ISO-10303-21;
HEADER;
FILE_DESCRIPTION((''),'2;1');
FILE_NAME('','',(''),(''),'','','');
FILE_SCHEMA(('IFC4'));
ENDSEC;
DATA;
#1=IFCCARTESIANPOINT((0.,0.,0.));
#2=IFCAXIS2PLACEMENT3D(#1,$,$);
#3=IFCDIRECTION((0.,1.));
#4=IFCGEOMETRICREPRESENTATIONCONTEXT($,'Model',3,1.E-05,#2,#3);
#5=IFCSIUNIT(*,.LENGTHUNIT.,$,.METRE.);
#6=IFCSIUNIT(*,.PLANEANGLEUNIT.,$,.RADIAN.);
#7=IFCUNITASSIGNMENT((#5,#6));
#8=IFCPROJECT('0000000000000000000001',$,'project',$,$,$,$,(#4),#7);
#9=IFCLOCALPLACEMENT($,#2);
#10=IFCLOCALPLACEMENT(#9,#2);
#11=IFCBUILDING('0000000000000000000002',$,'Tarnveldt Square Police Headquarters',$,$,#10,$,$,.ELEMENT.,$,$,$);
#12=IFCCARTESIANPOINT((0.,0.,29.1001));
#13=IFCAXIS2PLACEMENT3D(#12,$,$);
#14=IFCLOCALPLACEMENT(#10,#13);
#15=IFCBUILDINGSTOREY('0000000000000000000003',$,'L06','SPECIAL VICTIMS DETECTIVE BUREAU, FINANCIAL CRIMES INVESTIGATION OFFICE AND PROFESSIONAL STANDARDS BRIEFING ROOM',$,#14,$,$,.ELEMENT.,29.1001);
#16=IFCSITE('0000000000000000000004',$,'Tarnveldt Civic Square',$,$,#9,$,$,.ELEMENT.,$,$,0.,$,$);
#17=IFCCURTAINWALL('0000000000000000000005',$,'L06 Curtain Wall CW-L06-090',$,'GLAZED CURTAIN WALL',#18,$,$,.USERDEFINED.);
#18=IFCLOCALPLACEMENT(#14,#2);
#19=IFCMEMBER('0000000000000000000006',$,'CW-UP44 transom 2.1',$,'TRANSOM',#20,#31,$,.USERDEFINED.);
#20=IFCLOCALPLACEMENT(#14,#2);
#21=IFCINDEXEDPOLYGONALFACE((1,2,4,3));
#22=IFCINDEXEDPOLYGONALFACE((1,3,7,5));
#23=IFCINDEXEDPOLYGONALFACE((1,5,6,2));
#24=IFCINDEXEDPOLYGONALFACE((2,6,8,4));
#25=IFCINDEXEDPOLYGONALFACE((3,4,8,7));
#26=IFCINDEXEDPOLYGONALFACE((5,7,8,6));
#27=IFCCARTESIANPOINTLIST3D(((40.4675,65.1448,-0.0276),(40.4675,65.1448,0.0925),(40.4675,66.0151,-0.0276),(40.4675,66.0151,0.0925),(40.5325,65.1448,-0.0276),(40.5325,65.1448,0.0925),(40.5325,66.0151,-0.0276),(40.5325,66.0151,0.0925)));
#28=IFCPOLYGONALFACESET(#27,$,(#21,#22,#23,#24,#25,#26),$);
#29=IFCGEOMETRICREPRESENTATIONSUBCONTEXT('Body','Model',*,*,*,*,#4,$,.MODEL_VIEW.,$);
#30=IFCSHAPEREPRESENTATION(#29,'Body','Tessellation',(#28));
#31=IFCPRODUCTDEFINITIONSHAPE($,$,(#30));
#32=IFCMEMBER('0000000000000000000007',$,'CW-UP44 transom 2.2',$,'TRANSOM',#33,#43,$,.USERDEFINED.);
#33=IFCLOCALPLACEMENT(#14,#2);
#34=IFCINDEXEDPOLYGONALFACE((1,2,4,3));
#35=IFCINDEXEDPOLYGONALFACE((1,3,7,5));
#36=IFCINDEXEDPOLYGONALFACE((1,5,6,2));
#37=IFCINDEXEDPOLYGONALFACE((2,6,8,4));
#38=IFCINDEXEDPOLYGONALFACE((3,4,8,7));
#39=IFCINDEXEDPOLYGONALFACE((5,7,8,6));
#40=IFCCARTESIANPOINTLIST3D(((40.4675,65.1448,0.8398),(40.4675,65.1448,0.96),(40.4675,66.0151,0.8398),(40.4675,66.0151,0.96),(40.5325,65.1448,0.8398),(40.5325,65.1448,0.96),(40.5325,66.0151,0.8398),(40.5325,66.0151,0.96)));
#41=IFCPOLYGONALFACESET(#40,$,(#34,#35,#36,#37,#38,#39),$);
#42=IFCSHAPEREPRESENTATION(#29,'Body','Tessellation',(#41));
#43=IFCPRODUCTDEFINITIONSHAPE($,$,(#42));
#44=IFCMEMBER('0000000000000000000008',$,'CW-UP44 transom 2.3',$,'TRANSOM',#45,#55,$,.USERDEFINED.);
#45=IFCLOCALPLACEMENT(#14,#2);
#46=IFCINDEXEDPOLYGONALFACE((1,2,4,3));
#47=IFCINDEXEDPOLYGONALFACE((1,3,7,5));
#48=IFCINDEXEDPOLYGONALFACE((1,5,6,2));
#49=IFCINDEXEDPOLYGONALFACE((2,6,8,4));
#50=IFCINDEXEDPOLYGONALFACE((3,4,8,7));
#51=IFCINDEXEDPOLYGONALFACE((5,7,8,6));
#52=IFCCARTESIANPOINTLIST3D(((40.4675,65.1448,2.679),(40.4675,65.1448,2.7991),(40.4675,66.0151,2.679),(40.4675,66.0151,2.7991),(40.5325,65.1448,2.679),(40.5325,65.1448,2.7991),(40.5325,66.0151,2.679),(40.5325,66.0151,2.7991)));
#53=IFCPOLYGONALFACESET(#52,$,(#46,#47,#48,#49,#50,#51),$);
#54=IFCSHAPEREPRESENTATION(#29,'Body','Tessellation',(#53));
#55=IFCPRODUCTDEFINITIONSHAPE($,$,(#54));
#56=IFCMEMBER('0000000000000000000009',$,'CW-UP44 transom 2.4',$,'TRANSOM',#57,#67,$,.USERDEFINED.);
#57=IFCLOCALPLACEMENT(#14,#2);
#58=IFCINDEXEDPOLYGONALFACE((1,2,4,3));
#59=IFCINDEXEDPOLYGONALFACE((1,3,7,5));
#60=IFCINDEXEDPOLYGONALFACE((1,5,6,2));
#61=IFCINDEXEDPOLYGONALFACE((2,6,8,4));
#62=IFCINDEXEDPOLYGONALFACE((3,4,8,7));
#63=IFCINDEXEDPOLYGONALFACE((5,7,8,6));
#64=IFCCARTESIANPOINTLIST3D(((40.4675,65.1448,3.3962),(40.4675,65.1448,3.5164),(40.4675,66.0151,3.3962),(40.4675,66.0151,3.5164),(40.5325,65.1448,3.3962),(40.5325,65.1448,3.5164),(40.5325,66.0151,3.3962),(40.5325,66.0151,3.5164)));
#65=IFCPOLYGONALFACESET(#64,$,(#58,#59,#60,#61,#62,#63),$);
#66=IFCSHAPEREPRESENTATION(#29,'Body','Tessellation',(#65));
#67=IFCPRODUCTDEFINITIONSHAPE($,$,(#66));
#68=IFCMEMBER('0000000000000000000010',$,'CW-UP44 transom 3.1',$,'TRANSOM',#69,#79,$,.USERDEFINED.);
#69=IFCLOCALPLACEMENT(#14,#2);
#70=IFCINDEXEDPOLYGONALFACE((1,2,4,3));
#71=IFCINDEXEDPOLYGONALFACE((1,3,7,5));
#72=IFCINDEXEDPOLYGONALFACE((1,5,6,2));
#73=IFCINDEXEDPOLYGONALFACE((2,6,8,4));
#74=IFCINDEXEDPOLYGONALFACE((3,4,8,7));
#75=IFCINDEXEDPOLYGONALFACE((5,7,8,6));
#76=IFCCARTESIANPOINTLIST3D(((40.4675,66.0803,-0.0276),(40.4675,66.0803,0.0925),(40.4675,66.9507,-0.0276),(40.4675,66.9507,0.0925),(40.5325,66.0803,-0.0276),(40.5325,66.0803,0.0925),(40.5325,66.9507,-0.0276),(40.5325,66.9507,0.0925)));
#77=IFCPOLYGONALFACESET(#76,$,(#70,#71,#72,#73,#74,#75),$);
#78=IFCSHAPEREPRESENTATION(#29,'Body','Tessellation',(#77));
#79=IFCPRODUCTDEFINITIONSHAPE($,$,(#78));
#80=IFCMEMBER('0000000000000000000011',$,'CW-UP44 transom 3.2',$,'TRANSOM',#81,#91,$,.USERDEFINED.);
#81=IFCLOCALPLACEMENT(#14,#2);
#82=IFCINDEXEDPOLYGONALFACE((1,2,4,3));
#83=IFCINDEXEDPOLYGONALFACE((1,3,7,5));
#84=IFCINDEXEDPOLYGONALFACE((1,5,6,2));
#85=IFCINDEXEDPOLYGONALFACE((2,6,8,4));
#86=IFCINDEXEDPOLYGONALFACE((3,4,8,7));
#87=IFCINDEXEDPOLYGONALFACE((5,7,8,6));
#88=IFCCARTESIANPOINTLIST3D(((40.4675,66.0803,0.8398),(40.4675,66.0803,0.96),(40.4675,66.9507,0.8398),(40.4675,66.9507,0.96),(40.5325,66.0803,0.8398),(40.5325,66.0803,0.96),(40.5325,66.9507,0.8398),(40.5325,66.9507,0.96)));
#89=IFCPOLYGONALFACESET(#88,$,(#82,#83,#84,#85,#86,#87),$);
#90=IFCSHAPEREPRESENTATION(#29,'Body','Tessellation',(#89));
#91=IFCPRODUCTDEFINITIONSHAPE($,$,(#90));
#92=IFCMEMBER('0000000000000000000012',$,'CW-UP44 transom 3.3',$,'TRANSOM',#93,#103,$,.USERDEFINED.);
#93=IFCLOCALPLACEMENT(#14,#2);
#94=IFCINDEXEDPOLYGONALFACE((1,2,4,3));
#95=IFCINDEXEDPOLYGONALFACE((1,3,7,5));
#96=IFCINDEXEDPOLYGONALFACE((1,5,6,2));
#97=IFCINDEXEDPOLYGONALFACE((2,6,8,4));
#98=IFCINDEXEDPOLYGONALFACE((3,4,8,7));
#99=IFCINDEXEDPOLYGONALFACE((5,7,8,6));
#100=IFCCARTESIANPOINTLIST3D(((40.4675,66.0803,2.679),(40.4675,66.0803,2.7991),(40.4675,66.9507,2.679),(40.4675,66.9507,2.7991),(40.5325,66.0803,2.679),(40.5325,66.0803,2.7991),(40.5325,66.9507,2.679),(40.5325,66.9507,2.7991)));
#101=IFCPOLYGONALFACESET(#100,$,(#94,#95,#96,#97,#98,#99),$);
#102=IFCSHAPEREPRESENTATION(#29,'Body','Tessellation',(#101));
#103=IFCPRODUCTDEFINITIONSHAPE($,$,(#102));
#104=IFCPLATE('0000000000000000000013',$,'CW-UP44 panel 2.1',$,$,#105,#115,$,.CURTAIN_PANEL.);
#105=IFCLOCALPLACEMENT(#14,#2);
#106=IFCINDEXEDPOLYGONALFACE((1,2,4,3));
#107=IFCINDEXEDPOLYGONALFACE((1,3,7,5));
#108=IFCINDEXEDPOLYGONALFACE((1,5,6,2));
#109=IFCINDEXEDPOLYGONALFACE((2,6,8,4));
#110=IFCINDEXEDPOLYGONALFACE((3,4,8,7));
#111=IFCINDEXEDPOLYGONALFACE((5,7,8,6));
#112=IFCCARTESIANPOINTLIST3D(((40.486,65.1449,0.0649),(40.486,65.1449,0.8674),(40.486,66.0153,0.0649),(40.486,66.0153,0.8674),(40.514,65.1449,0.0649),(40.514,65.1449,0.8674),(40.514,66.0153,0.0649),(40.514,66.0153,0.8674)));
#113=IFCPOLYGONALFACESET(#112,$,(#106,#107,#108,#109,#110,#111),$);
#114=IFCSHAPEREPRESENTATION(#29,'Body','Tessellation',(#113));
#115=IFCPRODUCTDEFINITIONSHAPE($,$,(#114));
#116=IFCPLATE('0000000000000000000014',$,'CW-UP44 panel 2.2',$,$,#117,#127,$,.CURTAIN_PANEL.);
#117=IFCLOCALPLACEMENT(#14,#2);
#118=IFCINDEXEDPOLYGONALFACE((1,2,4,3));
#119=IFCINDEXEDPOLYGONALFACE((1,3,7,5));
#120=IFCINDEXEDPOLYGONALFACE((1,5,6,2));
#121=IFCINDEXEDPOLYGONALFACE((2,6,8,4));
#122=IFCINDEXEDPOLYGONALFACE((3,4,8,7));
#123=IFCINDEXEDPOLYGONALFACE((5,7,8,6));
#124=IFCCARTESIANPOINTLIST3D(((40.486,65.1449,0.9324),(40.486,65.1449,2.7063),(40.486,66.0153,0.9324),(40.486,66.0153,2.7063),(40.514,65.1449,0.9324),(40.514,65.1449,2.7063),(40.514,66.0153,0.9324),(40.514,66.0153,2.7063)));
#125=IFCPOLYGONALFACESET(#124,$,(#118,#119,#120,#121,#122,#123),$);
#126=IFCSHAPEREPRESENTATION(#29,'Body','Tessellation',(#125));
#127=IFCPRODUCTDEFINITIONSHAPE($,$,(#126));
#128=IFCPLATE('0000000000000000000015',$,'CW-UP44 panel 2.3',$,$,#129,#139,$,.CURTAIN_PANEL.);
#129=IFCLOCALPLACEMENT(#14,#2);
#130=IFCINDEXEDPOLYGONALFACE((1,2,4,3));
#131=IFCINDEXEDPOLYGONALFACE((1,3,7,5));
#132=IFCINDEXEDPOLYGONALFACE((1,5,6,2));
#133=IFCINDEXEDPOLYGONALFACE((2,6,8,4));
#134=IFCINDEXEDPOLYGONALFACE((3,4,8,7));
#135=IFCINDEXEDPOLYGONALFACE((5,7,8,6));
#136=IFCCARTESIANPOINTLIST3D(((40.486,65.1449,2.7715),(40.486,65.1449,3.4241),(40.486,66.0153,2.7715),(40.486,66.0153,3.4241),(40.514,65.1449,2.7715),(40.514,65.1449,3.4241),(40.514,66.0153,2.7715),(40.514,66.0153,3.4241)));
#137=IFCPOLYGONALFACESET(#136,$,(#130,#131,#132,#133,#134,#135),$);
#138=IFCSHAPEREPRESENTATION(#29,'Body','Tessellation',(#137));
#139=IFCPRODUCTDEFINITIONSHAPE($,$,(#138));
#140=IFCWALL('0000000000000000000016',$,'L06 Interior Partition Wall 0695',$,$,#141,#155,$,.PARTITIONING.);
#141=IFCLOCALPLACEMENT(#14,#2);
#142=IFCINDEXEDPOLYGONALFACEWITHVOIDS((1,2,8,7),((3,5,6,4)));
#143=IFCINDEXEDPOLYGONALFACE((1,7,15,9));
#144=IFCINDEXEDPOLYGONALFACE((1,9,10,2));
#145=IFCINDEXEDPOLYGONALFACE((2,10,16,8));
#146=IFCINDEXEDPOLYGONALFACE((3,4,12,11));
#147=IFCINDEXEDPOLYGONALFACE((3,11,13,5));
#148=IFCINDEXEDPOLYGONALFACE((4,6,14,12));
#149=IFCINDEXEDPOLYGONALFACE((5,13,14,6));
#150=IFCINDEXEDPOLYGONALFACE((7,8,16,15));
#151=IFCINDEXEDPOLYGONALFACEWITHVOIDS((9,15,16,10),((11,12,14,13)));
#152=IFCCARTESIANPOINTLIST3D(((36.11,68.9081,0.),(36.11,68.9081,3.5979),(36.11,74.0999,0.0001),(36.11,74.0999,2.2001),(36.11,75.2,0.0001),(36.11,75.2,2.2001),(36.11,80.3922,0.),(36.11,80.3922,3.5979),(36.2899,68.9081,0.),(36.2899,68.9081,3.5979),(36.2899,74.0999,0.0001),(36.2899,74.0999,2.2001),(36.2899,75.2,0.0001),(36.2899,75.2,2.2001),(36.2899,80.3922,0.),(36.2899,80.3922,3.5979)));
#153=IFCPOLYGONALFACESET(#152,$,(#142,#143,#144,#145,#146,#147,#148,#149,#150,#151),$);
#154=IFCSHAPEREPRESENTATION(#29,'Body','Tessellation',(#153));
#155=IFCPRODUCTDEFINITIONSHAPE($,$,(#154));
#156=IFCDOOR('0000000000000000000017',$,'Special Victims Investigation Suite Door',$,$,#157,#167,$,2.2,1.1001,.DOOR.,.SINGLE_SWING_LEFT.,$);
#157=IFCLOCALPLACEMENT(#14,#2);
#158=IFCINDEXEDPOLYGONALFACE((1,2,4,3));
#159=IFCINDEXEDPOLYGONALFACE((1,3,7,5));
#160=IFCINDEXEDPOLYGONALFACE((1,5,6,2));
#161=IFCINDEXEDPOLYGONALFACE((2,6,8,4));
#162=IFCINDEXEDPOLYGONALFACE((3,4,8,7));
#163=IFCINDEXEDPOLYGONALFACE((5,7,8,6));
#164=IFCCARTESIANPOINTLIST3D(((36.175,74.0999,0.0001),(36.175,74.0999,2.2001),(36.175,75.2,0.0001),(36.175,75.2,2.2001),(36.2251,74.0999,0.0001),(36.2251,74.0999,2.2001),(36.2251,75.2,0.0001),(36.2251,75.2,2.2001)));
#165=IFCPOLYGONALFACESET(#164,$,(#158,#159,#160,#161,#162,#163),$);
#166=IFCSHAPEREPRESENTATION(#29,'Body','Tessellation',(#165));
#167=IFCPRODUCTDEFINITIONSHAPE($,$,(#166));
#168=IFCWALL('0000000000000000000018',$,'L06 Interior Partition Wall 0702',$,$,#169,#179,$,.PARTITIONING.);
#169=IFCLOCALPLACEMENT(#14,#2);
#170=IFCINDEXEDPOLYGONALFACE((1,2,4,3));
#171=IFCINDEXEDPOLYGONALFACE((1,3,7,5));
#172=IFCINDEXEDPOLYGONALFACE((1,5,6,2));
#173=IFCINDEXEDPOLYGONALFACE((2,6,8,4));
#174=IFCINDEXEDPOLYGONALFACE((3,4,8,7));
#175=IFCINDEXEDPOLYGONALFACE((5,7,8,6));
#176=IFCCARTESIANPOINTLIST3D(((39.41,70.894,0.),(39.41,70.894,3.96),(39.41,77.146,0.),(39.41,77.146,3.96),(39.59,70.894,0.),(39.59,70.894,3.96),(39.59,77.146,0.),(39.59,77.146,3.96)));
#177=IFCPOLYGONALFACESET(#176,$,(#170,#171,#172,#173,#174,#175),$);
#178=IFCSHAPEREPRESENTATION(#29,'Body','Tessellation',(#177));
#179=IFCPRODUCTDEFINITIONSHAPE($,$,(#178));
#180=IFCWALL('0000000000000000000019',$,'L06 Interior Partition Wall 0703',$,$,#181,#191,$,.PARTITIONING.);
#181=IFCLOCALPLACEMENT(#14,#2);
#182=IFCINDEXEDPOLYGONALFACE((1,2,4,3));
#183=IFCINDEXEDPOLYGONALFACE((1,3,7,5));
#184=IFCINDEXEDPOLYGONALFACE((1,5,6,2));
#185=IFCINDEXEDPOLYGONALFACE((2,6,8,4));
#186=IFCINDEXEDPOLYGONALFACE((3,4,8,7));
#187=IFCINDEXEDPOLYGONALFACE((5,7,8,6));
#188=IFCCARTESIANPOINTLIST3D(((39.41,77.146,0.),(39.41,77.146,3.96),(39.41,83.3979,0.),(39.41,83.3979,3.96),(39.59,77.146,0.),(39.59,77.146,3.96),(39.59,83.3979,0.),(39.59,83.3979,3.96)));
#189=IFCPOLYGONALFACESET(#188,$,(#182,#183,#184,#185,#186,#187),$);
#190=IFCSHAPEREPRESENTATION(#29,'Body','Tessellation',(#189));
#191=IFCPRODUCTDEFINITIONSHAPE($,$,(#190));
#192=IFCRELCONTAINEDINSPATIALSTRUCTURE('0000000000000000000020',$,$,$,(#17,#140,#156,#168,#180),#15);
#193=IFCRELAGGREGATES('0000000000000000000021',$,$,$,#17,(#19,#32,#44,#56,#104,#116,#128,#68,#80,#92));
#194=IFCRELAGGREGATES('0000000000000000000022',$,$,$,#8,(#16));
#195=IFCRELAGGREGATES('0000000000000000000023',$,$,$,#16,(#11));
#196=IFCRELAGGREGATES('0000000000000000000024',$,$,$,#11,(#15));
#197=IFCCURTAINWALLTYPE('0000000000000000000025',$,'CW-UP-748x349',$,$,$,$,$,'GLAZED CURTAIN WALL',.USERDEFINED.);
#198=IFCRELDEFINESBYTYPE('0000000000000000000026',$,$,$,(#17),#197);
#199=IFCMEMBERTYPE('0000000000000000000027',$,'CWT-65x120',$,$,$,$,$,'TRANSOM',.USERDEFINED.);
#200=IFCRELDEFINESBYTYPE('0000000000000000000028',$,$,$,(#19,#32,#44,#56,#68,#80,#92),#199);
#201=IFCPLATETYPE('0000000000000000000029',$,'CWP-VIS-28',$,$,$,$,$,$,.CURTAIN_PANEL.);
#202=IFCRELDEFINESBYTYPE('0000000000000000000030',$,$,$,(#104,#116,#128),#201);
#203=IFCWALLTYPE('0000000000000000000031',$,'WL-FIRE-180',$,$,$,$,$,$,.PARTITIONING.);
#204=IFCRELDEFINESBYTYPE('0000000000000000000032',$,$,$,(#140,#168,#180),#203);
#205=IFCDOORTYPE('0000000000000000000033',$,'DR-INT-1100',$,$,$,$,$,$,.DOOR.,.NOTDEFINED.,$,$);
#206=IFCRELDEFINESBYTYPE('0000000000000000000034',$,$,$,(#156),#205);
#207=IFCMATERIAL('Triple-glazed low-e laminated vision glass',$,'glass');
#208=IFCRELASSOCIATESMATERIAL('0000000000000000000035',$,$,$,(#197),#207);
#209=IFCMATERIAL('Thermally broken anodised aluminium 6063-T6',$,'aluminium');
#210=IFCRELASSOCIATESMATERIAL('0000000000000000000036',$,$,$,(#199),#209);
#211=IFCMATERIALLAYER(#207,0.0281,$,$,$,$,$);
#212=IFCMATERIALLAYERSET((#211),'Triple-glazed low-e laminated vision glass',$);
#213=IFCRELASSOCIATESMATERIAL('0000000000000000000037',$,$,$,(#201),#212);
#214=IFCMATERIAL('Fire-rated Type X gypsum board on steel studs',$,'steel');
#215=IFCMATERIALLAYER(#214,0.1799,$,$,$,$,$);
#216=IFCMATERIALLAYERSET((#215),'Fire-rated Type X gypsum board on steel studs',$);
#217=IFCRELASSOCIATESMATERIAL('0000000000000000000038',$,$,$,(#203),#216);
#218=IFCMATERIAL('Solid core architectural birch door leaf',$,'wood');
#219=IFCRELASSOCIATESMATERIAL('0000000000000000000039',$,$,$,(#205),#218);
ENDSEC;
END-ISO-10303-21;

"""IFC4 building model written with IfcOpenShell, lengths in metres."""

from ifc_helpers import new_model, si_unit, direction, frame, frame_2d, origin, origin_2d, place, context, subcontext, project, spatial, rectangle, extrude, material, layer, layer_set, material_profile, profile_set, type_object, element, fill, aggregate, save


model = new_model("IFC4")

# Units and contexts
model_context = context("Model", 3, precision=1e-05, world=origin(), true_north=direction((0.0, 1.0)))
body_context = subcontext(model_context, "Body", "Model", "MODEL_VIEW")
ifc_project = project(units=[si_unit("LENGTHUNIT", "METRE"), si_unit("PLANEANGLEUNIT", "RADIAN")], contexts=[model_context])

# Site, building, storey
site_placement = place(None, origin())
site = spatial("IfcSite", under=ifc_project, at=site_placement, Name="Tarnveldt Civic Square", CompositionType="ELEMENT", RefElevation=0.0)
building_placement = place(site_placement, origin())
building = spatial("IfcBuilding", under=site, at=building_placement, Name="Tarnveldt Square Police Headquarters", CompositionType="ELEMENT")
storey_placement = place(building_placement, frame((0.0, 0.0, 29.1001)))
storey = spatial("IfcBuildingStorey", under=building, at=storey_placement, Name="L06", Description="SPECIAL VICTIMS DETECTIVE BUREAU, FINANCIAL CRIMES INVESTIGATION OFFICE AND PROFESSIONAL STANDARDS BRIEFING ROOM", CompositionType="ELEMENT", Elevation=29.1001)

# Curtain wall, members, plates
ifc_material_1 = material(Name="Triple-glazed low-e laminated vision glass", Category="glass")
curtain_wall_type = type_object("IfcCurtainWallType", Name="CW-UP-748x349", ElementType="GLAZED CURTAIN WALL", PredefinedType="USERDEFINED", material=ifc_material_1)
curtain_wall_placement = place(storey_placement, origin())
curtain_wall = element("IfcCurtainWall", 1, at=curtain_wall_placement, inside=storey, type_object=curtain_wall_type, Name="L06 Curtain Wall CW-L06-090", ObjectType="GLAZED CURTAIN WALL", PredefinedType="USERDEFINED")
ifc_material_2 = material(Name="Thermally broken anodised aluminium 6063-T6", Category="aluminium")
ifc_material_profile_1 = material_profile(ifc_material_2, rectangle(XDim=0.0649, YDim=0.1201, at=origin_2d()), Name="CW-T65x120")
ifc_profile_set_1 = profile_set([ifc_material_profile_1], Name="Thermally broken anodised aluminium 6063-T6")
member_type_1 = type_object("IfcMemberType", Name="CWT-65x120", ElementType="TRANSOM", PredefinedType="USERDEFINED", material=ifc_profile_set_1)
member_1_placement = place(storey_placement, frame((40.5, 65.1448, 0.0325), z_axis=(0.0, 1.0, 0.0), x_axis=(-1.0, 0.0, 0.0)))
member_1 = element("IfcMember", 2, at=member_1_placement, type_object=member_type_1, Name="CW-UP44 transom 2.1", ObjectType="TRANSOM", PredefinedType="USERDEFINED", context=body_context, shape_type="SweptSolid", body=[
    extrude(rectangle(XDim=0.0649, YDim=0.1201, at=origin_2d()), origin(), (0.0, 0.0, 1.0), 0.8704),
])
member_2_placement = place(storey_placement, frame((40.5, 65.1448, 0.8999), z_axis=(0.0, 1.0, 0.0), x_axis=(-1.0, 0.0, 0.0)))
member_2 = element("IfcMember", 3, at=member_2_placement, type_object=member_type_1, Name="CW-UP44 transom 2.2", ObjectType="TRANSOM", PredefinedType="USERDEFINED", context=body_context, shape_type="SweptSolid", body=[
    extrude(rectangle(XDim=0.0649, YDim=0.1201, at=origin_2d()), origin(), (0.0, 0.0, 1.0), 0.8704),
])
member_3_placement = place(storey_placement, frame((40.5, 65.1448, 2.739), z_axis=(0.0, 1.0, 0.0), x_axis=(-1.0, 0.0, 0.0)))
member_3 = element("IfcMember", 4, at=member_3_placement, type_object=member_type_1, Name="CW-UP44 transom 2.3", ObjectType="TRANSOM", PredefinedType="USERDEFINED", context=body_context, shape_type="SweptSolid", body=[
    extrude(rectangle(XDim=0.0649, YDim=0.1201, at=origin_2d()), origin(), (0.0, 0.0, 1.0), 0.8704),
])
member_4_placement = place(storey_placement, frame((40.5, 65.1448, 3.4563), z_axis=(0.0, 1.0, 0.0), x_axis=(-1.0, 0.0, 0.0)))
member_4 = element("IfcMember", 5, at=member_4_placement, type_object=member_type_1, Name="CW-UP44 transom 2.4", ObjectType="TRANSOM", PredefinedType="USERDEFINED", context=body_context, shape_type="SweptSolid", body=[
    extrude(rectangle(XDim=0.0649, YDim=0.1201, at=origin_2d()), origin(), (0.0, 0.0, 1.0), 0.8704),
])
member_5_placement = place(storey_placement, frame((40.5, 66.0803, 0.0325), z_axis=(0.0, 1.0, 0.0), x_axis=(-1.0, 0.0, 0.0)))
member_5 = element("IfcMember", 6, at=member_5_placement, type_object=member_type_1, Name="CW-UP44 transom 3.1", ObjectType="TRANSOM", PredefinedType="USERDEFINED", context=body_context, shape_type="SweptSolid", body=[
    extrude(rectangle(XDim=0.0649, YDim=0.1201, at=origin_2d()), origin(), (0.0, 0.0, 1.0), 0.8704),
])
member_6_placement = place(storey_placement, frame((40.5, 66.0803, 0.8999), z_axis=(0.0, 1.0, 0.0), x_axis=(-1.0, 0.0, 0.0)))
member_6 = element("IfcMember", 7, at=member_6_placement, type_object=member_type_1, Name="CW-UP44 transom 3.2", ObjectType="TRANSOM", PredefinedType="USERDEFINED", context=body_context, shape_type="SweptSolid", body=[
    extrude(rectangle(XDim=0.0649, YDim=0.1201, at=origin_2d()), origin(), (0.0, 0.0, 1.0), 0.8704),
])
member_7_placement = place(storey_placement, frame((40.5, 66.0803, 2.739), z_axis=(0.0, 1.0, 0.0), x_axis=(-1.0, 0.0, 0.0)))
member_7 = element("IfcMember", 8, at=member_7_placement, type_object=member_type_1, Name="CW-UP44 transom 3.3", ObjectType="TRANSOM", PredefinedType="USERDEFINED", context=body_context, shape_type="SweptSolid", body=[
    extrude(rectangle(XDim=0.0649, YDim=0.1201, at=origin_2d()), origin(), (0.0, 0.0, 1.0), 0.8704),
])
ifc_layer_1 = layer(ifc_material_1, 0.0281)
ifc_layer_set_1 = layer_set([ifc_layer_1], Name="Triple-glazed low-e laminated vision glass")
plate_type = type_object("IfcPlateType", Name="CWP-VIS-28", PredefinedType="CURTAIN_PANEL", material=ifc_layer_set_1)
plate_1_placement = place(storey_placement, frame((40.5, 65.5801, 0.0649), z_axis=(0.0, 0.0, 1.0), x_axis=(0.0, 1.0, 0.0)))
plate_1 = element("IfcPlate", 9, at=plate_1_placement, type_object=plate_type, Name="CW-UP44 panel 2.1", PredefinedType="CURTAIN_PANEL", context=body_context, shape_type="SweptSolid", body=[
    extrude(rectangle(XDim=0.8704, YDim=0.0281, at=origin_2d()), origin(), (0.0, 0.0, 1.0), 0.8025),
])
plate_2_placement = place(storey_placement, frame((40.5, 65.5801, 0.9324), z_axis=(0.0, 0.0, 1.0), x_axis=(0.0, 1.0, 0.0)))
plate_2 = element("IfcPlate", 10, at=plate_2_placement, type_object=plate_type, Name="CW-UP44 panel 2.2", PredefinedType="CURTAIN_PANEL", context=body_context, shape_type="SweptSolid", body=[
    extrude(rectangle(XDim=0.8704, YDim=0.0281, at=origin_2d()), origin(), (0.0, 0.0, 1.0), 1.7739),
])
plate_3_placement = place(storey_placement, frame((40.5, 65.5801, 2.7715), z_axis=(0.0, 0.0, 1.0), x_axis=(0.0, 1.0, 0.0)))
plate_3 = element("IfcPlate", 11, at=plate_3_placement, type_object=plate_type, Name="CW-UP44 panel 2.3", PredefinedType="CURTAIN_PANEL", context=body_context, shape_type="SweptSolid", body=[
    extrude(rectangle(XDim=0.8704, YDim=0.0281, at=origin_2d()), origin(), (0.0, 0.0, 1.0), 0.6526),
])
aggregate(curtain_wall, [member_1, member_2, member_3, member_4, plate_1, plate_2, plate_3, member_5, member_6, member_7])

# Wall, opening, door
ifc_material_3 = material(Name="Fire-rated Type X gypsum board on steel studs", Category="steel")
ifc_layer_2 = layer(ifc_material_3, 0.1799)
ifc_layer_set_2 = layer_set([ifc_layer_2], Name="Fire-rated Type X gypsum board on steel studs")
wall_type = type_object("IfcWallType", Name="WL-FIRE-180", PredefinedType="PARTITIONING", material=ifc_layer_set_2)
ifc_material_4 = material(Name="Solid core architectural birch door leaf", Category="wood")
wall_1_placement = place(storey_placement, frame((36.2, 68.908, 0.0), z_axis=(0.0, 0.0, 1.0), x_axis=(0.0, 1.0, 0.0)))
wall_1 = element("IfcWall", 12, at=wall_1_placement, inside=storey, type_object=wall_type, Name="L06 Interior Partition Wall 0695", PredefinedType="PARTITIONING", context=body_context, shape_type="SweptSolid", body=[
    extrude(rectangle(XDim=11.4841, YDim=0.1799, at=frame_2d((5.7422, 0.0))), origin(), (0.0, 0.0, 1.0), 3.5979),
])
opening_1_placement = place(wall_1_placement, frame((5.1919, 0.0, 0.0)))
opening_1 = element("IfcOpeningElement", 13, at=opening_1_placement, cuts=wall_1, PredefinedType="OPENING", context=body_context, shape_type="SweptSolid", body=[
    extrude(rectangle(XDim=1.1001, YDim=2.2, at=frame_2d((0.55, 1.1001))), frame((0.0, 0.0999, 0.0), z_axis=(0.0, -1.0, 0.0), x_axis=(1.0, 0.0, 0.0)), (0.0, 0.0, 1.0), 0.2),
])
door_type_1 = type_object("IfcDoorType", Name="DR-INT-1100", OperationType="NOTDEFINED", PredefinedType="DOOR", material=ifc_material_4)
door_1_placement = place(opening_1_placement, origin())
door_1 = element("IfcDoor", 14, at=door_1_placement, inside=storey, type_object=door_type_1, Name="Special Victims Investigation Suite Door", OperationType="SINGLE_SWING_LEFT", OverallHeight=2.2, OverallWidth=1.1001, PredefinedType="DOOR", context=body_context, shape_type="SweptSolid", body=[
    extrude(rectangle(XDim=1.1001, YDim=2.2, at=frame_2d((0.55, 1.1001))), frame((0.0, 0.0249, 0.0), z_axis=(0.0, -1.0, 0.0), x_axis=(1.0, 0.0, 0.0)), (0.0, 0.0, 1.0), 0.05),
])
fill(opening_1, door_1)

# Walls
for number, where, z_axis, x_axis, name in (
    (15, (39.5, 70.894, 0.0), (0.0, 0.0, 1.0), (0.0, 1.0, 0.0), "L06 Interior Partition Wall 0702"),
    (16, (39.5, 77.146, 0.0), (0.0, 0.0, 1.0), (0.0, 1.0, 0.0), "L06 Interior Partition Wall 0703"),
):
    element("IfcWall", number, at=place(storey_placement, frame(where, z_axis=z_axis, x_axis=x_axis)), inside=storey, type_object=wall_type, Name=name, PredefinedType="PARTITIONING", context=body_context, shape_type="SweptSolid", body=[
        extrude(rectangle(XDim=6.252, YDim=0.1799, at=frame_2d((3.126, 0.0))), origin(), (0.0, 0.0, 1.0), 3.96),
    ])

save(model, "model.ifc")
